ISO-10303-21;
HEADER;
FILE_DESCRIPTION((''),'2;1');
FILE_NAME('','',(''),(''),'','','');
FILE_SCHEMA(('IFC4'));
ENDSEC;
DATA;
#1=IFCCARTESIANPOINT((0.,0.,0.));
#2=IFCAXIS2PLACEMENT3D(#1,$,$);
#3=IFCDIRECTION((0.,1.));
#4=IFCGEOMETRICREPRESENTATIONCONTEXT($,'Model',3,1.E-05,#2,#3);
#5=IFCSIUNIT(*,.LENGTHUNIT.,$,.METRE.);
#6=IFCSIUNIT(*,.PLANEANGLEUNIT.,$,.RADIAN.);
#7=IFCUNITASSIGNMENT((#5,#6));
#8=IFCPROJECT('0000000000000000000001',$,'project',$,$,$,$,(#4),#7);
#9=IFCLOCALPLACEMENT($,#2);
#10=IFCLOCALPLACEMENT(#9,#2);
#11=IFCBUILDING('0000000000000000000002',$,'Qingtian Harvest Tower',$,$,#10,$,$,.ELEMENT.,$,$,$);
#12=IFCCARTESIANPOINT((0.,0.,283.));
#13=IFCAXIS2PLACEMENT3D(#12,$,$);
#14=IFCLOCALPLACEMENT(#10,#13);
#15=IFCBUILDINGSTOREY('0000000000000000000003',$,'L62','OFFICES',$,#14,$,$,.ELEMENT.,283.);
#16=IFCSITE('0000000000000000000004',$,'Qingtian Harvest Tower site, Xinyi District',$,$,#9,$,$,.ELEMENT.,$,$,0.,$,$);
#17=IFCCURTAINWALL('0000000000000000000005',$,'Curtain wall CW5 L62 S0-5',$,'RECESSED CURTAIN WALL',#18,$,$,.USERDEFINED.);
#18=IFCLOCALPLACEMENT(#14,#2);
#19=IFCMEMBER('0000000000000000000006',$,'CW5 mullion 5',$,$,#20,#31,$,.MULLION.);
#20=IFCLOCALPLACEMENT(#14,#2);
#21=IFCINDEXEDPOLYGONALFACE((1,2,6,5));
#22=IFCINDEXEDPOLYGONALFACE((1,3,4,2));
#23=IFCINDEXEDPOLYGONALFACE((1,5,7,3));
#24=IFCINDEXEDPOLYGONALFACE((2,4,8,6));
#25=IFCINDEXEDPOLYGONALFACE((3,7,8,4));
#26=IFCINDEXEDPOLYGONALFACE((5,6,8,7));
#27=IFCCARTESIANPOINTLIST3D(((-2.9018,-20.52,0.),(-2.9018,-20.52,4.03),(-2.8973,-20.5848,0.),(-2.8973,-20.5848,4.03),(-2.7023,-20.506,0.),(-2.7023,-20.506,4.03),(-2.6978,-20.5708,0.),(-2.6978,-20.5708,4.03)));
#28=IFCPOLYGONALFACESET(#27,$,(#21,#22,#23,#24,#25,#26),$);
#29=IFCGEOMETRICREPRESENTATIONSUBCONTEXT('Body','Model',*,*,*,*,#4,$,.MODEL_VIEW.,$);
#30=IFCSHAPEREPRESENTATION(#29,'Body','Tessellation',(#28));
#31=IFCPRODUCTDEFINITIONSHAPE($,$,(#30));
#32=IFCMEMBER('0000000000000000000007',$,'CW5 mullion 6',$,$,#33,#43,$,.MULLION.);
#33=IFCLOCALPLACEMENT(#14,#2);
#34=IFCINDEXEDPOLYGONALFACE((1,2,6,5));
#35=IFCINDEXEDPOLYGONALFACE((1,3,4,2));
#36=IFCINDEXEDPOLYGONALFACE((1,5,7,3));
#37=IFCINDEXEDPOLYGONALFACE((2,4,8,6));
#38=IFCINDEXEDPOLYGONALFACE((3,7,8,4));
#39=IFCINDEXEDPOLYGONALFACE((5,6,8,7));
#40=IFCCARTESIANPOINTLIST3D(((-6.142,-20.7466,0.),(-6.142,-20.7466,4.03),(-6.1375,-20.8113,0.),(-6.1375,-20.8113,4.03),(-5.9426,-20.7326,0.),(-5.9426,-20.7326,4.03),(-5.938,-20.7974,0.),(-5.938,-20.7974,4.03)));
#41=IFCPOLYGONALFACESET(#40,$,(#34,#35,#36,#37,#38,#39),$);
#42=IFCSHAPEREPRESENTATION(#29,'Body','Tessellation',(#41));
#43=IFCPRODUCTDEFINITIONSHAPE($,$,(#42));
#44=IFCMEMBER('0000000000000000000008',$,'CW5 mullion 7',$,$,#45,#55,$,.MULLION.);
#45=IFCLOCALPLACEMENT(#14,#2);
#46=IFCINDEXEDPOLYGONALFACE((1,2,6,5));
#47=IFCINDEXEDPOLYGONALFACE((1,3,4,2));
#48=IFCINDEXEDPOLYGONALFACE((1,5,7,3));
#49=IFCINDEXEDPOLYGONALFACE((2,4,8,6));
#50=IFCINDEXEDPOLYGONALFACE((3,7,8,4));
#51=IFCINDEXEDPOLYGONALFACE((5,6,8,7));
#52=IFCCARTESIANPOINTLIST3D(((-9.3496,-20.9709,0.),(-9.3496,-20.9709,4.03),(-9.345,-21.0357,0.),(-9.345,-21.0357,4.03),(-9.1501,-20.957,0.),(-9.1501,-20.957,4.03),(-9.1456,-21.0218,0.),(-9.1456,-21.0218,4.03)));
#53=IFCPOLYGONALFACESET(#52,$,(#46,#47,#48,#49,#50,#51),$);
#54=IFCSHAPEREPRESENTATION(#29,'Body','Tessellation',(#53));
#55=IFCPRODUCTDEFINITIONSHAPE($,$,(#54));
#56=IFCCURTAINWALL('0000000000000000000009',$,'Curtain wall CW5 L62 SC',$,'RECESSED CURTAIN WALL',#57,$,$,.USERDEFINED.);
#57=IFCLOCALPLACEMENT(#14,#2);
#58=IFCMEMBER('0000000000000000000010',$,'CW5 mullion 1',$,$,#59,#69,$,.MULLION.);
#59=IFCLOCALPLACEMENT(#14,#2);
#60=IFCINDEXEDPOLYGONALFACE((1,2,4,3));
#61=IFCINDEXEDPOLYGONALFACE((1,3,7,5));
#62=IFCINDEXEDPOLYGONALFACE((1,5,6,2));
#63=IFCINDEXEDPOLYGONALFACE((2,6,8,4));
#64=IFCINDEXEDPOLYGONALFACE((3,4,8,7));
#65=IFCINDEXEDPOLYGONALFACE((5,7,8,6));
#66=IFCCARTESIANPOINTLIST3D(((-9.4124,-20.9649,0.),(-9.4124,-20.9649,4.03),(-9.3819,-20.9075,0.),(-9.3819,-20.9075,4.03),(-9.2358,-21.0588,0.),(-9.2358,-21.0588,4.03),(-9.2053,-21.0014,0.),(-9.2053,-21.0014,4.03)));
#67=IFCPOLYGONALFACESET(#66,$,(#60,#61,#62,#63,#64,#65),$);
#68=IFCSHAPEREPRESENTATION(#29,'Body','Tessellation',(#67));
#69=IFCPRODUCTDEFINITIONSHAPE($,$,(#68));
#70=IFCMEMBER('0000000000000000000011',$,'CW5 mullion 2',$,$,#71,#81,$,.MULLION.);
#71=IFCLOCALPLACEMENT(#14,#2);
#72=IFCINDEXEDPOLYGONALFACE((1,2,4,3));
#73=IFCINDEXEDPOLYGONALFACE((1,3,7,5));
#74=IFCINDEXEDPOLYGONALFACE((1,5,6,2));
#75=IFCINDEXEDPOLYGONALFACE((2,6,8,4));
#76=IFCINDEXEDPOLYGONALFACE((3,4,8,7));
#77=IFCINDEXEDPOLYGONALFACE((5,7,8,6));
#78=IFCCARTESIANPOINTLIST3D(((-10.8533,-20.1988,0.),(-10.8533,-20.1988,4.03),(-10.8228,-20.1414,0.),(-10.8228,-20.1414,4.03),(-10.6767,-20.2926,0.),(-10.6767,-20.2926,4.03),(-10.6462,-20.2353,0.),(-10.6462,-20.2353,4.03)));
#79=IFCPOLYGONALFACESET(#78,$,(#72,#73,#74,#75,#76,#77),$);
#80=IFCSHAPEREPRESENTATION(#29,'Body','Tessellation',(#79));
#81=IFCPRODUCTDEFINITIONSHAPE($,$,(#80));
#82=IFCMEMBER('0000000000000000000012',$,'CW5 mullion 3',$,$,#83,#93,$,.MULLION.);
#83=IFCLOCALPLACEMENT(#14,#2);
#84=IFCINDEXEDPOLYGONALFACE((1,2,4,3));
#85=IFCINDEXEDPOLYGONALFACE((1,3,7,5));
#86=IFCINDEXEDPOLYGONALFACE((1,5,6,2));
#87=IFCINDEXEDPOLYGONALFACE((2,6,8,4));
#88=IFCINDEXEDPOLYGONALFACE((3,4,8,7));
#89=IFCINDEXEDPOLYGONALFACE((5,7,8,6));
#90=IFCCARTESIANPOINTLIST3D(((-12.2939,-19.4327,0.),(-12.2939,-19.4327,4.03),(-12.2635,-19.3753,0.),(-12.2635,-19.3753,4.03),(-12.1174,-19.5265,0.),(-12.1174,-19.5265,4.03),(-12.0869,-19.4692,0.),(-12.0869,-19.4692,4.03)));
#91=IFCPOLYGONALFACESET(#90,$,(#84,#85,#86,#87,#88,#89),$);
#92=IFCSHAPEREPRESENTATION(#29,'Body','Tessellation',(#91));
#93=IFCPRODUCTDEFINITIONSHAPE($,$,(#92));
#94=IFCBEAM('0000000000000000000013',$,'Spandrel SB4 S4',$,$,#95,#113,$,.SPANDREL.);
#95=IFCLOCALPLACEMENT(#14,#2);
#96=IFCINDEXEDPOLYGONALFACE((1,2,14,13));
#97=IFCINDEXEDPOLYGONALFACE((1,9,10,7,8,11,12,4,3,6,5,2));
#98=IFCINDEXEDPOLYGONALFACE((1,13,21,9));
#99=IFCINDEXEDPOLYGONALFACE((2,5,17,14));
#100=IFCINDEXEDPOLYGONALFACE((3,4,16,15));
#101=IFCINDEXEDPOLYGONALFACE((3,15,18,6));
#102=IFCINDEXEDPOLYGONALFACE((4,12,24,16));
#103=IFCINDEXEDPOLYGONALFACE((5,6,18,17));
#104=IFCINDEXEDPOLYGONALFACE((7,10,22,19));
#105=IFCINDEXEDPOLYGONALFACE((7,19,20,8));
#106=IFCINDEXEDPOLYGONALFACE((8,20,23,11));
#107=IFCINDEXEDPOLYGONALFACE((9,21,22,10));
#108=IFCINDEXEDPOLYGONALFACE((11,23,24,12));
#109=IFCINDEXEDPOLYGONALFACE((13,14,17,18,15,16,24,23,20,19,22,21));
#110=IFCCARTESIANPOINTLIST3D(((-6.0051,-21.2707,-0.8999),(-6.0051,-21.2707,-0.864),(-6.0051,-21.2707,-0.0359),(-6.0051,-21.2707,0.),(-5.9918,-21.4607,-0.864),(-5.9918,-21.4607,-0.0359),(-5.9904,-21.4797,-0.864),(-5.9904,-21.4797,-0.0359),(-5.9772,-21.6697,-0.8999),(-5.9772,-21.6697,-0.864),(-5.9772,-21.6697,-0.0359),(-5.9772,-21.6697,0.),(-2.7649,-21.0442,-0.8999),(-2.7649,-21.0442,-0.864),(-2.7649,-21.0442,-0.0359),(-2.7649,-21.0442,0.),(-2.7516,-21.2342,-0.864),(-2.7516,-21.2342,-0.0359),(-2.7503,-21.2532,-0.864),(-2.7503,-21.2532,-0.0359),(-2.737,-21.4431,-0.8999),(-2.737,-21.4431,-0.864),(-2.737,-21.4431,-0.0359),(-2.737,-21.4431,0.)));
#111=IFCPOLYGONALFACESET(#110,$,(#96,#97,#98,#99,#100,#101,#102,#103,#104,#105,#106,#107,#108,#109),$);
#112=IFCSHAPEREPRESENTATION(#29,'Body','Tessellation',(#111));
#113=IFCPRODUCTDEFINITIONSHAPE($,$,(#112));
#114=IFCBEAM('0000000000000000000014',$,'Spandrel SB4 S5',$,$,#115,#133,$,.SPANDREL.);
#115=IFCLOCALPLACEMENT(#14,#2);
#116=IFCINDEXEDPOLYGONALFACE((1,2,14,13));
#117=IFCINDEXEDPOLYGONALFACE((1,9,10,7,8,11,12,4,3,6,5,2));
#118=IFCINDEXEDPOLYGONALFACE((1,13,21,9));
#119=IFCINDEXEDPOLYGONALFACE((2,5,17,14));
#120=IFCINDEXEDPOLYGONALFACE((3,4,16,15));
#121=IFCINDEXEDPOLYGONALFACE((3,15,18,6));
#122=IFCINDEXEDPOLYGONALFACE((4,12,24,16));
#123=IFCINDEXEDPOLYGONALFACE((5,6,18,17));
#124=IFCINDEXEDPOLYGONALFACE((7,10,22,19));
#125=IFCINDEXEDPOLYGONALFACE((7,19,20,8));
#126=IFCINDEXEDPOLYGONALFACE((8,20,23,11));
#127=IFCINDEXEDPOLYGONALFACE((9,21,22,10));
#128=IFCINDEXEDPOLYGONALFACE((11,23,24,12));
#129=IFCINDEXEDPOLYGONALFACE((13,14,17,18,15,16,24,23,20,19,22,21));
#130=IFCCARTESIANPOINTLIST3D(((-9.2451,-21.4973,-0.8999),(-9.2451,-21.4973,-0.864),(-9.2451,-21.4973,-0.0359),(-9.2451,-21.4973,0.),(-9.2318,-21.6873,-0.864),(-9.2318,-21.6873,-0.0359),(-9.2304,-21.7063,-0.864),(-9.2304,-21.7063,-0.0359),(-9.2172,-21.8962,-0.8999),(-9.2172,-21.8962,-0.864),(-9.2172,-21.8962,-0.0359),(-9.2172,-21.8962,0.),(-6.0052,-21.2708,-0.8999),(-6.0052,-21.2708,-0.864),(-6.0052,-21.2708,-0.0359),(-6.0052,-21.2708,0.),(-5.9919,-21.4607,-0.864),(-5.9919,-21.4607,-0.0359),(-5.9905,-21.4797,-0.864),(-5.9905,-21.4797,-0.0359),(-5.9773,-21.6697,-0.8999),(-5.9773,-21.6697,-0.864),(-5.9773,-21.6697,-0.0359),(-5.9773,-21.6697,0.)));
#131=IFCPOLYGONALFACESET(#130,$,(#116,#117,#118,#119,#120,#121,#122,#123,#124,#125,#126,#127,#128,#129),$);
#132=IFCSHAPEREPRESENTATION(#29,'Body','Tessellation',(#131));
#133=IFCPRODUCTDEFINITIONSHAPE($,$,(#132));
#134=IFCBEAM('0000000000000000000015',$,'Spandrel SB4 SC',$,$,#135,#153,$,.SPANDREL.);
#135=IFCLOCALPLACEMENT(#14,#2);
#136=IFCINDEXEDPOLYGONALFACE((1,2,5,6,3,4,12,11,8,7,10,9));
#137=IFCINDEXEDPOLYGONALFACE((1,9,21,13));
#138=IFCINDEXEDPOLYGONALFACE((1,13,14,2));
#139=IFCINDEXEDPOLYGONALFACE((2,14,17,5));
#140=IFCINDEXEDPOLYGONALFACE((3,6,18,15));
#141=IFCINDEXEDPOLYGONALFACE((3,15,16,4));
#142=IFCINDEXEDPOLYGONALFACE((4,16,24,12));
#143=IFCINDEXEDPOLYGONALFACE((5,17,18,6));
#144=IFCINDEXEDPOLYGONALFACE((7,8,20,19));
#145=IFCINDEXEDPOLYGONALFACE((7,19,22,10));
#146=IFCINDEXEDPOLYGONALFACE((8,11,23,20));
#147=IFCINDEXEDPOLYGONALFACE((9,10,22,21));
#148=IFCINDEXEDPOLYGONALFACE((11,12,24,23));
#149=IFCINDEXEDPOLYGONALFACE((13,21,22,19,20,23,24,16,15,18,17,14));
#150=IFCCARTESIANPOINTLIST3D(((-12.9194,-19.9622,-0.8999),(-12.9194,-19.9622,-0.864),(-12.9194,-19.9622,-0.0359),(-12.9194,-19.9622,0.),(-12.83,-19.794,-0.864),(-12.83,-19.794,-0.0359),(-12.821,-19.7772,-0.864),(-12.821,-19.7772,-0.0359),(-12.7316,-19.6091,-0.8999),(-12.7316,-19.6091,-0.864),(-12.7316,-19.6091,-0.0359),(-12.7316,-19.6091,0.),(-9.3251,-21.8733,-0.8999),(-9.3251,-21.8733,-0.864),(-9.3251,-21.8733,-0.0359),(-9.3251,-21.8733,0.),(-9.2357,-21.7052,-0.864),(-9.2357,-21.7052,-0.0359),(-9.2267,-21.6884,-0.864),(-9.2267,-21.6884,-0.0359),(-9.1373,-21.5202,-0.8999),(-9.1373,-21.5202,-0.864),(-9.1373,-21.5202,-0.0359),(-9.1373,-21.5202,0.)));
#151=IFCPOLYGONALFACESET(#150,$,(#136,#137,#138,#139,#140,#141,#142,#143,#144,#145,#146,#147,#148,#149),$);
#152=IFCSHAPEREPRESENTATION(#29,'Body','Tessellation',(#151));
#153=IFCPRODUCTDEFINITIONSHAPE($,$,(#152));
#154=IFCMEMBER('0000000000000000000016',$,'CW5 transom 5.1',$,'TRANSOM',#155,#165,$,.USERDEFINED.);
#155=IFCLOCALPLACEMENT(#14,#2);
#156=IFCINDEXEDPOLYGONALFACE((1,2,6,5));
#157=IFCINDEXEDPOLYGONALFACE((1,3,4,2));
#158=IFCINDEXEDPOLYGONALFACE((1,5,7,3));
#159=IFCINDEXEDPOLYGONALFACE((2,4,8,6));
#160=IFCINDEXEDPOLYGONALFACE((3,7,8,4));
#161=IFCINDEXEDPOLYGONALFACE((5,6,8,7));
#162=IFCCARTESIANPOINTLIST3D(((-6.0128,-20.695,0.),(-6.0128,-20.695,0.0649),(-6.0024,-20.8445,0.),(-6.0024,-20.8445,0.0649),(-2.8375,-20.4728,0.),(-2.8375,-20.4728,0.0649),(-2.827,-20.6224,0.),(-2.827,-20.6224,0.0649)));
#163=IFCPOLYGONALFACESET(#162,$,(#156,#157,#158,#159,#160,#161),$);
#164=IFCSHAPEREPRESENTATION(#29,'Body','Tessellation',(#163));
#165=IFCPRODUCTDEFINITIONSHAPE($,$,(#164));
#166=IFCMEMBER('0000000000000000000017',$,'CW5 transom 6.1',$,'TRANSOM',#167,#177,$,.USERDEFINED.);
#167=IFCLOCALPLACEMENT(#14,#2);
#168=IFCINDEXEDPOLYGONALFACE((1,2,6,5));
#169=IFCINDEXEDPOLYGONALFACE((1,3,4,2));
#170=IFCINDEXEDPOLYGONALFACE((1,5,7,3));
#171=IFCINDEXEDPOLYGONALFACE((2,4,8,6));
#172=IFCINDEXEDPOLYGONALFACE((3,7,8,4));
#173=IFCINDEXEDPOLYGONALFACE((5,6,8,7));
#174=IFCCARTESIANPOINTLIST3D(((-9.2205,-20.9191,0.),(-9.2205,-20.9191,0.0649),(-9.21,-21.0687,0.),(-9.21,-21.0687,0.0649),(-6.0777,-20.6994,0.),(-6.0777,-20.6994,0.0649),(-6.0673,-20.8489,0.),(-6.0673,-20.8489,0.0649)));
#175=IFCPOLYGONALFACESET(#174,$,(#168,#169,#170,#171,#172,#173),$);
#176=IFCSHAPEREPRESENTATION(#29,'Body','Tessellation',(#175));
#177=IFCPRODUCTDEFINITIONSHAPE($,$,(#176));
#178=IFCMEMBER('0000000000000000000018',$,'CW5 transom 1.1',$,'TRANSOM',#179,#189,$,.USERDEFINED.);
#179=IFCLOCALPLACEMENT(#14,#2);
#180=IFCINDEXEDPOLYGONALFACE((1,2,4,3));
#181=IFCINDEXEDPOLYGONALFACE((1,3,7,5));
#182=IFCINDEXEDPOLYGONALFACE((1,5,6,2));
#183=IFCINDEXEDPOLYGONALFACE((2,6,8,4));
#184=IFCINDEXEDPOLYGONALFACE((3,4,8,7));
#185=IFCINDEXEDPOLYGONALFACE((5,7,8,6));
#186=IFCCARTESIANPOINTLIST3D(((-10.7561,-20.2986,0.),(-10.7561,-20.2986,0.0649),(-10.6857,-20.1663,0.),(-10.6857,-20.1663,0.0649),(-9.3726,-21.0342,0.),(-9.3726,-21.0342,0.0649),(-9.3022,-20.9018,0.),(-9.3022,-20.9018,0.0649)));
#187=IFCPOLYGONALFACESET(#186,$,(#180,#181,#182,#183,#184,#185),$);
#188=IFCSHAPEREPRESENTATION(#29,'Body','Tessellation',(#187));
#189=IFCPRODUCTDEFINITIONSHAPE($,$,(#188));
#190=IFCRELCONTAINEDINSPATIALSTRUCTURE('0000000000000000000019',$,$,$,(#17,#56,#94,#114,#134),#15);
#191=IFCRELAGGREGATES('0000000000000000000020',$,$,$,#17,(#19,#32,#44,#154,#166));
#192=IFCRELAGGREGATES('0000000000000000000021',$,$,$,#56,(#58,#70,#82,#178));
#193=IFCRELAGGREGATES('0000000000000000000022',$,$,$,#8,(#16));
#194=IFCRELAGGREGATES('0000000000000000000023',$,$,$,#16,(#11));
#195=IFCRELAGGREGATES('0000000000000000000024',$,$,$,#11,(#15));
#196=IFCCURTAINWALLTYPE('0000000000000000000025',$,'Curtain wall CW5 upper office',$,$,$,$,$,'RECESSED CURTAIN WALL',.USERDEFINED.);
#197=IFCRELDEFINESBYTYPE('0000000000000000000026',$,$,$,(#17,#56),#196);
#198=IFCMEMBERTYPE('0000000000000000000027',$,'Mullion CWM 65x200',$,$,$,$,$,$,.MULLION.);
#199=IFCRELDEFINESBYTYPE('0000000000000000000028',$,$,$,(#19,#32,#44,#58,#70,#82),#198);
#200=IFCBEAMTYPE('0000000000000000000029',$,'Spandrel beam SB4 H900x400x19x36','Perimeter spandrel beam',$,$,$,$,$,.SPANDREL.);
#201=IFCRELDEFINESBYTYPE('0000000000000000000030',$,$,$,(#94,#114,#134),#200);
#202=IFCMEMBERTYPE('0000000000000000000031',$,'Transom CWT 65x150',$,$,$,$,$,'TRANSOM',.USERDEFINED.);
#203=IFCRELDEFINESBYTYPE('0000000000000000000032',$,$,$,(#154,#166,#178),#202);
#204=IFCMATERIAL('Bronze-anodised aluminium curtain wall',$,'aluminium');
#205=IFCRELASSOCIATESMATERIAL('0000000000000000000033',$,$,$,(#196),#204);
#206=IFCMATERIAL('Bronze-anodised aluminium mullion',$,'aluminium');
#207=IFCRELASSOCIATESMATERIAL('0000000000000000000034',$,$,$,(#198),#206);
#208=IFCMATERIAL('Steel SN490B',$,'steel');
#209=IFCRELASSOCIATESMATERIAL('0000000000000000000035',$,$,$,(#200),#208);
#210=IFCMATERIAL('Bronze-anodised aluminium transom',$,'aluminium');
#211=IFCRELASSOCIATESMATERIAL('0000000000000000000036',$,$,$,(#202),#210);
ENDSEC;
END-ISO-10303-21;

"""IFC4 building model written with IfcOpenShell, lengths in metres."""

from ifc_helpers import new_model, si_unit, direction, frame, origin, origin_2d, place, context, subcontext, project, spatial, rectangle, i_section, extrude, material, material_profile, profile_set, type_object, element, aggregate, save


model = new_model("IFC4")

# Units and contexts
model_context = context("Model", 3, precision=1e-05, world=origin(), true_north=direction((0.0, 1.0)))
body_context = subcontext(model_context, "Body", "Model", "MODEL_VIEW")
ifc_project = project(units=[si_unit("LENGTHUNIT", "METRE"), si_unit("PLANEANGLEUNIT", "RADIAN")], contexts=[model_context])

# Site, building, storey
site_placement = place(None, origin())
site = spatial("IfcSite", under=ifc_project, at=site_placement, Name="Qingtian Harvest Tower site, Xinyi District", CompositionType="ELEMENT", RefElevation=0.0)
building_placement = place(site_placement, origin())
building = spatial("IfcBuilding", under=site, at=building_placement, Name="Qingtian Harvest Tower", CompositionType="ELEMENT")
storey_placement = place(building_placement, frame((0.0, 0.0, 283.0)))
storey = spatial("IfcBuildingStorey", under=building, at=storey_placement, Name="L62", Description="OFFICES", CompositionType="ELEMENT", Elevation=283.0)

# Curtain walls, members
ifc_material_1 = material(Name="Bronze-anodised aluminium curtain wall", Category="aluminium")
curtain_wall_type = type_object("IfcCurtainWallType", Name="Curtain wall CW5 upper office", ElementType="RECESSED CURTAIN WALL", PredefinedType="USERDEFINED", material=ifc_material_1)
curtain_wall_1_placement = place(storey_placement, origin())
curtain_wall_1 = element("IfcCurtainWall", 1, at=curtain_wall_1_placement, inside=storey, type_object=curtain_wall_type, Name="Curtain wall CW5 L62 S0-5", ObjectType="RECESSED CURTAIN WALL", PredefinedType="USERDEFINED")
ifc_material_2 = material(Name="Bronze-anodised aluminium mullion", Category="aluminium")
ifc_material_profile_1 = material_profile(ifc_material_2, rectangle(XDim=0.0649, YDim=0.2, at=origin_2d()), Name="AL 65x200")
ifc_profile_set_1 = profile_set([ifc_material_profile_1], Name="Bronze-anodised aluminium mullion")
member_type_1 = type_object("IfcMemberType", Name="Mullion CWM 65x200", PredefinedType="MULLION", material=ifc_profile_set_1)
member_1_placement = place(storey_placement, frame((-2.7998, -20.5454, 0.0), z_axis=(0.0, 0.0, 1.0), x_axis=(0.069756, -0.997564, 0.0)))
member_1 = element("IfcMember", 2, at=member_1_placement, type_object=member_type_1, Name="CW5 mullion 5", PredefinedType="MULLION", context=body_context, shape_type="SweptSolid", body=[
    extrude(rectangle(XDim=0.0649, YDim=0.2, at=origin_2d()), origin(), (0.0, 0.0, 1.0), 4.03),
])
member_2_placement = place(storey_placement, frame((-6.04, -20.772, 0.0), z_axis=(0.0, 0.0, 1.0), x_axis=(0.069756, -0.997564, 0.0)))
member_2 = element("IfcMember", 3, at=member_2_placement, type_object=member_type_1, Name="CW5 mullion 6", PredefinedType="MULLION", context=body_context, shape_type="SweptSolid", body=[
    extrude(rectangle(XDim=0.0649, YDim=0.2, at=origin_2d()), origin(), (0.0, 0.0, 1.0), 4.03),
])
member_3_placement = place(storey_placement, frame((-9.2476, -20.9963, 0.0), z_axis=(0.0, 0.0, 1.0), x_axis=(0.069756, -0.997564, 0.0)))
member_3 = element("IfcMember", 4, at=member_3_placement, type_object=member_type_1, Name="CW5 mullion 7", PredefinedType="MULLION", context=body_context, shape_type="SweptSolid", body=[
    extrude(rectangle(XDim=0.0649, YDim=0.2, at=origin_2d()), origin(), (0.0, 0.0, 1.0), 4.03),
])
curtain_wall_2_placement = place(storey_placement, origin())
curtain_wall_2 = element("IfcCurtainWall", 5, at=curtain_wall_2_placement, inside=storey, type_object=curtain_wall_type, Name="Curtain wall CW5 L62 SC", ObjectType="RECESSED CURTAIN WALL", PredefinedType="USERDEFINED")
member_4_placement = place(storey_placement, frame((-9.3088, -20.9832, 0.0), z_axis=(0.0, 0.0, 1.0), x_axis=(-0.469472, -0.882948, 0.0)))
member_4 = element("IfcMember", 6, at=member_4_placement, type_object=member_type_1, Name="CW5 mullion 1", PredefinedType="MULLION", context=body_context, shape_type="SweptSolid", body=[
    extrude(rectangle(XDim=0.0649, YDim=0.2, at=origin_2d()), origin(), (0.0, 0.0, 1.0), 4.03),
])
member_5_placement = place(storey_placement, frame((-10.7498, -20.217, 0.0), z_axis=(0.0, 0.0, 1.0), x_axis=(-0.469472, -0.882948, 0.0)))
member_5 = element("IfcMember", 7, at=member_5_placement, type_object=member_type_1, Name="CW5 mullion 2", PredefinedType="MULLION", context=body_context, shape_type="SweptSolid", body=[
    extrude(rectangle(XDim=0.0649, YDim=0.2, at=origin_2d()), origin(), (0.0, 0.0, 1.0), 4.03),
])
member_6_placement = place(storey_placement, frame((-12.1904, -19.4509, 0.0), z_axis=(0.0, 0.0, 1.0), x_axis=(-0.469472, -0.882948, 0.0)))
member_6 = element("IfcMember", 8, at=member_6_placement, type_object=member_type_1, Name="CW5 mullion 3", PredefinedType="MULLION", context=body_context, shape_type="SweptSolid", body=[
    extrude(rectangle(XDim=0.0649, YDim=0.2, at=origin_2d()), origin(), (0.0, 0.0, 1.0), 4.03),
])

# Beams
ifc_material_3 = material(Name="Steel SN490B", Category="steel")
ifc_material_profile_2 = material_profile(ifc_material_3, i_section(OverallWidth=0.3999, OverallDepth=0.8999, WebThickness=0.019, FlangeThickness=0.0359, at=origin_2d()), Name="H900x400x19x36")
ifc_profile_set_2 = profile_set([ifc_material_profile_2], Name="Steel SN490B")
beam_type_1 = type_object("IfcBeamType", Name="Spandrel beam SB4 H900x400x19x36", Description="Perimeter spandrel beam", PredefinedType="SPANDREL", material=ifc_profile_set_2)
beam_1_placement = place(storey_placement, frame((-2.751, -21.2437, -0.45), z_axis=(-0.997564, -0.069751, 0.0), x_axis=(0.069751, -0.997564, 0.0)))
element("IfcBeam", 9, at=beam_1_placement, inside=storey, type_object=beam_type_1, Name="Spandrel SB4 S4", PredefinedType="SPANDREL", context=body_context, shape_type="SweptSolid", body=[
    extrude(i_section(OverallWidth=0.3999, OverallDepth=0.8999, WebThickness=0.019, FlangeThickness=0.0359, at=origin_2d()), origin(), (0.0, 0.0, 1.0), 3.248),
])
beam_2_placement = place(storey_placement, frame((-5.9912, -21.4702, -0.45), z_axis=(-0.997564, -0.069757, 0.0), x_axis=(0.069757, -0.997564, 0.0)))
element("IfcBeam", 10, at=beam_2_placement, inside=storey, type_object=beam_type_1, Name="Spandrel SB4 S5", PredefinedType="SPANDREL", context=body_context, shape_type="SweptSolid", body=[
    extrude(i_section(OverallWidth=0.3999, OverallDepth=0.8999, WebThickness=0.019, FlangeThickness=0.0359, at=origin_2d()), origin(), (0.0, 0.0, 1.0), 3.2478),
])
beam_3_placement = place(storey_placement, frame((-9.2312, -21.6968, -0.45), z_axis=(-0.882943, 0.46948, 0.0), x_axis=(-0.46948, -0.882943, 0.0)))
element("IfcBeam", 11, at=beam_3_placement, inside=storey, type_object=beam_type_1, Name="Spandrel SB4 SC", PredefinedType="SPANDREL", context=body_context, shape_type="SweptSolid", body=[
    extrude(i_section(OverallWidth=0.3999, OverallDepth=0.8999, WebThickness=0.019, FlangeThickness=0.0359, at=origin_2d()), origin(), (0.0, 0.0, 1.0), 4.0708),
])

# Members
ifc_material_4 = material(Name="Bronze-anodised aluminium transom", Category="aluminium")
ifc_material_profile_3 = material_profile(ifc_material_4, rectangle(XDim=0.1499, YDim=0.0649, at=origin_2d()), Name="AL 65x150")
ifc_profile_set_3 = profile_set([ifc_material_profile_3], Name="Bronze-anodised aluminium transom")
member_type_2 = type_object("IfcMemberType", Name="Transom CWT 65x150", ElementType="TRANSOM", PredefinedType="USERDEFINED", material=ifc_profile_set_3)
member_7_placement = place(storey_placement, frame((-2.8323, -20.5476, 0.0325), z_axis=(-0.997561, -0.069797, 0.0), x_axis=(0.069797, -0.997561, 0.0)))
member_7 = element("IfcMember", 12, at=member_7_placement, type_object=member_type_2, Name="CW5 transom 5.1", ObjectType="TRANSOM", PredefinedType="USERDEFINED", context=body_context, shape_type="SweptSolid", body=[
    extrude(rectangle(XDim=0.1499, YDim=0.0649, at=origin_2d()), origin(), (0.0, 0.0, 1.0), 3.1831),
])
member_8_placement = place(storey_placement, frame((-6.0725, -20.7742, 0.0325), z_axis=(-0.997565, -0.069744, 0.0), x_axis=(0.069744, -0.997565, 0.0)))
member_8 = element("IfcMember", 13, at=member_8_placement, type_object=member_type_2, Name="CW5 transom 6.1", ObjectType="TRANSOM", PredefinedType="USERDEFINED", context=body_context, shape_type="SweptSolid", body=[
    extrude(rectangle(XDim=0.1499, YDim=0.0649, at=origin_2d()), origin(), (0.0, 0.0, 1.0), 3.1504),
])
member_9_placement = place(storey_placement, frame((-9.3374, -20.968, 0.0325), z_axis=(-0.88296, 0.469448, 0.0), x_axis=(-0.469448, -0.88296, 0.0)))
member_9 = element("IfcMember", 14, at=member_9_placement, type_object=member_type_2, Name="CW5 transom 1.1", ObjectType="TRANSOM", PredefinedType="USERDEFINED", context=body_context, shape_type="SweptSolid", body=[
    extrude(rectangle(XDim=0.1499, YDim=0.0649, at=origin_2d()), origin(), (0.0, 0.0, 1.0), 1.5669),
])

aggregate(curtain_wall_1, [member_1, member_2, member_3, member_7, member_8])
aggregate(curtain_wall_2, [member_4, member_5, member_6, member_9])

save(model, "model.ifc")
